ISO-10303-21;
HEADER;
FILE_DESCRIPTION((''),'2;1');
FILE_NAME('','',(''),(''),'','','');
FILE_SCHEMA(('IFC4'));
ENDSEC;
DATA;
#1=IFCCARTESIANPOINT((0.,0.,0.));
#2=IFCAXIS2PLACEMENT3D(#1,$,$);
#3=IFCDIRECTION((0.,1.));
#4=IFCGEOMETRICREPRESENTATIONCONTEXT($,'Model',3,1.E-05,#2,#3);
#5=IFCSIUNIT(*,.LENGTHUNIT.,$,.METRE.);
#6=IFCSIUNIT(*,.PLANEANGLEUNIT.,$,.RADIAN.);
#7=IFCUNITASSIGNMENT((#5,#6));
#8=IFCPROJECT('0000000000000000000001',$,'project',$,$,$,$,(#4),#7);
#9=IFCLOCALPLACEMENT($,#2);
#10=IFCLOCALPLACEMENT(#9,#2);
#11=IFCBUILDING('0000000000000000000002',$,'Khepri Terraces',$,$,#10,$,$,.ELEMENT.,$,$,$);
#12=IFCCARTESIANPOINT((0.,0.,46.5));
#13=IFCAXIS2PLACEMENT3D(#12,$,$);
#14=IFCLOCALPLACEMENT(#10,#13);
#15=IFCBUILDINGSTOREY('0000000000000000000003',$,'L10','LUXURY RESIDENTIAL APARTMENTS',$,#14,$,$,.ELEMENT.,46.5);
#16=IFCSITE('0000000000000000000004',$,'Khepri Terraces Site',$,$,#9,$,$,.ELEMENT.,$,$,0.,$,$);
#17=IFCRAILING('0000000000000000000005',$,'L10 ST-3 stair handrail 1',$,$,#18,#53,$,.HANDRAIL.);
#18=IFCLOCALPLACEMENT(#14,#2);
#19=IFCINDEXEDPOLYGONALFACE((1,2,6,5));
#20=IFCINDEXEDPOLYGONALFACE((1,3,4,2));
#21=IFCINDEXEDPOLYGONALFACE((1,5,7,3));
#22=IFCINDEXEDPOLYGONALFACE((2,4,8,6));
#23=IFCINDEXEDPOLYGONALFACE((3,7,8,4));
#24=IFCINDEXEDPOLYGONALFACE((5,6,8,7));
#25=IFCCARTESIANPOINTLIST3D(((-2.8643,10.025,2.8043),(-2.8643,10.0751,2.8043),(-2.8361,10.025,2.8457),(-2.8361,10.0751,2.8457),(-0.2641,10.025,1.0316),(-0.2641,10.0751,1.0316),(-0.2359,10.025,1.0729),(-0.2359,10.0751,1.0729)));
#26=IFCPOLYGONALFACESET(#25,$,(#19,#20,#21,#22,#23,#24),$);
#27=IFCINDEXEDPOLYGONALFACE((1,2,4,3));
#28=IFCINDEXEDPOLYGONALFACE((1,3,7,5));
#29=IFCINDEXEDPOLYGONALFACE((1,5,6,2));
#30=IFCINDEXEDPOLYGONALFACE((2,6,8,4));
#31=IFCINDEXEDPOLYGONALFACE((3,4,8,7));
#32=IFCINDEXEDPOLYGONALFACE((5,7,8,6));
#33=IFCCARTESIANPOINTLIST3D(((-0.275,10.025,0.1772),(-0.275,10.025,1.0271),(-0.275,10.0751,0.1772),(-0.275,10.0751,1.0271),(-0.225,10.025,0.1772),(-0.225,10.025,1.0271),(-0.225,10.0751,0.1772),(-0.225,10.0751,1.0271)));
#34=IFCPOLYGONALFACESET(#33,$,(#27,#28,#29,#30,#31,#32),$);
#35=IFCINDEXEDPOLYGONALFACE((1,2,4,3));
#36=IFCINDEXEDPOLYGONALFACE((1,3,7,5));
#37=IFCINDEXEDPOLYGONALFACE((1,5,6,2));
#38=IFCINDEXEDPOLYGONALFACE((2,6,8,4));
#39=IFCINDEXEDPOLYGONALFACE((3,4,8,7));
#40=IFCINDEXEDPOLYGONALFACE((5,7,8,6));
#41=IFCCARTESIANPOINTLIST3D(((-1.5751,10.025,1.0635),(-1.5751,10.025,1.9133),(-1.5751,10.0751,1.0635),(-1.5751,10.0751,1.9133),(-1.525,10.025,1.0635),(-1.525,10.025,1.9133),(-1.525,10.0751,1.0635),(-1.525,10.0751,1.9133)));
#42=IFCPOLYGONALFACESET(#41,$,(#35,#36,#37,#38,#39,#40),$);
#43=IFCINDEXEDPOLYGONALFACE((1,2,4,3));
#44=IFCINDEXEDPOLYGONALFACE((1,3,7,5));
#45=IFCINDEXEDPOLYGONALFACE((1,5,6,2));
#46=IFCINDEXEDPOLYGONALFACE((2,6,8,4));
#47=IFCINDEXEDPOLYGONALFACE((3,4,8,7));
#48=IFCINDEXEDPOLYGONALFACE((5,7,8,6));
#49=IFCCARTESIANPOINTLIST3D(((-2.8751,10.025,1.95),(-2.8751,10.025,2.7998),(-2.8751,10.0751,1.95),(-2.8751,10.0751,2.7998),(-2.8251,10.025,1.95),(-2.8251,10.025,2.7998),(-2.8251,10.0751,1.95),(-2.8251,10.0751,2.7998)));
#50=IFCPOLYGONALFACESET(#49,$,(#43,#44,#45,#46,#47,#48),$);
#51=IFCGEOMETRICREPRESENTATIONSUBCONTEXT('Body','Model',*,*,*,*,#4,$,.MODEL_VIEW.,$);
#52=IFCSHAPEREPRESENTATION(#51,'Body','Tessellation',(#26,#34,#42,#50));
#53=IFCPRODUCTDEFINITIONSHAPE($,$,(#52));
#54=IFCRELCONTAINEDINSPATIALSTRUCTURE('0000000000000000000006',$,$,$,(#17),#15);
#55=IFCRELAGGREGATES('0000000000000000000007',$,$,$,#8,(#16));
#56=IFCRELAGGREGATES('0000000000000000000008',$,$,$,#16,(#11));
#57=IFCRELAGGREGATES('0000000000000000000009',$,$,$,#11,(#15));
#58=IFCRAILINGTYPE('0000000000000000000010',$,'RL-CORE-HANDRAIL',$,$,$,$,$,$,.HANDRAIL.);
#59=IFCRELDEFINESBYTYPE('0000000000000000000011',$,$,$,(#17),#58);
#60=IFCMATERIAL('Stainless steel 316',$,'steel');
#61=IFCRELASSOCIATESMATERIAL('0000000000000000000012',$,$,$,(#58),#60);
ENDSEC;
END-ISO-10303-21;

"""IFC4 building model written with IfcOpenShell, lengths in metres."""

from ifc_helpers import new_model, si_unit, direction, frame, origin, origin_2d, place, context, subcontext, project, spatial, rectangle, extrude, material, type_object, element, save


model = new_model("IFC4")

# Units and contexts
model_context = context("Model", 3, precision=1e-05, world=origin(), true_north=direction((0.0, 1.0)))
body_context = subcontext(model_context, "Body", "Model", "MODEL_VIEW")
ifc_project = project(units=[si_unit("LENGTHUNIT", "METRE"), si_unit("PLANEANGLEUNIT", "RADIAN")], contexts=[model_context])

# Site, building, storey
site_placement = place(None, origin())
site = spatial("IfcSite", under=ifc_project, at=site_placement, Name="Khepri Terraces Site", CompositionType="ELEMENT", RefElevation=0.0)
building_placement = place(site_placement, origin())
building = spatial("IfcBuilding", under=site, at=building_placement, Name="Khepri Terraces", CompositionType="ELEMENT")
storey_placement = place(building_placement, frame((0.0, 0.0, 46.5)))
storey = spatial("IfcBuildingStorey", under=building, at=storey_placement, Name="L10", Description="LUXURY RESIDENTIAL APARTMENTS", CompositionType="ELEMENT", Elevation=46.5)

# Railing
ifc_material_1 = material(Name="Stainless steel 316", Category="steel")
railing_type_1 = type_object("IfcRailingType", Name="RL-CORE-HANDRAIL", PredefinedType="HANDRAIL", material=ifc_material_1)
railing_1_placement = place(storey_placement, frame((-0.25, 10.05, 0.1772)))
element("IfcRailing", 1, at=railing_1_placement, inside=storey, type_object=railing_type_1, Name="L10 ST-3 stair handrail 1", PredefinedType="HANDRAIL", context=body_context, shape_type="SweptSolid", body=[
    extrude(rectangle(XDim=0.05, YDim=0.05, at=origin_2d()), frame((0.0, 0.0, 0.875), z_axis=(-0.82624, 0.0, 0.563318), x_axis=(0.0, -1.0, 0.0)), (0.0, 0.0, 1.0), 3.147),
    extrude(rectangle(XDim=0.05, YDim=0.05, at=origin_2d()), origin(), (0.0, 0.0, 1.0), 0.8499),
    extrude(rectangle(XDim=0.05, YDim=0.05, at=origin_2d()), frame((-1.3, 0.0, 0.8862)), (0.0, 0.0, 1.0), 0.8499),
    extrude(rectangle(XDim=0.05, YDim=0.05, at=origin_2d()), frame((-2.6001, 0.0, 1.7727)), (0.0, 0.0, 1.0), 0.8499),
])

save(model, "model.ifc")
